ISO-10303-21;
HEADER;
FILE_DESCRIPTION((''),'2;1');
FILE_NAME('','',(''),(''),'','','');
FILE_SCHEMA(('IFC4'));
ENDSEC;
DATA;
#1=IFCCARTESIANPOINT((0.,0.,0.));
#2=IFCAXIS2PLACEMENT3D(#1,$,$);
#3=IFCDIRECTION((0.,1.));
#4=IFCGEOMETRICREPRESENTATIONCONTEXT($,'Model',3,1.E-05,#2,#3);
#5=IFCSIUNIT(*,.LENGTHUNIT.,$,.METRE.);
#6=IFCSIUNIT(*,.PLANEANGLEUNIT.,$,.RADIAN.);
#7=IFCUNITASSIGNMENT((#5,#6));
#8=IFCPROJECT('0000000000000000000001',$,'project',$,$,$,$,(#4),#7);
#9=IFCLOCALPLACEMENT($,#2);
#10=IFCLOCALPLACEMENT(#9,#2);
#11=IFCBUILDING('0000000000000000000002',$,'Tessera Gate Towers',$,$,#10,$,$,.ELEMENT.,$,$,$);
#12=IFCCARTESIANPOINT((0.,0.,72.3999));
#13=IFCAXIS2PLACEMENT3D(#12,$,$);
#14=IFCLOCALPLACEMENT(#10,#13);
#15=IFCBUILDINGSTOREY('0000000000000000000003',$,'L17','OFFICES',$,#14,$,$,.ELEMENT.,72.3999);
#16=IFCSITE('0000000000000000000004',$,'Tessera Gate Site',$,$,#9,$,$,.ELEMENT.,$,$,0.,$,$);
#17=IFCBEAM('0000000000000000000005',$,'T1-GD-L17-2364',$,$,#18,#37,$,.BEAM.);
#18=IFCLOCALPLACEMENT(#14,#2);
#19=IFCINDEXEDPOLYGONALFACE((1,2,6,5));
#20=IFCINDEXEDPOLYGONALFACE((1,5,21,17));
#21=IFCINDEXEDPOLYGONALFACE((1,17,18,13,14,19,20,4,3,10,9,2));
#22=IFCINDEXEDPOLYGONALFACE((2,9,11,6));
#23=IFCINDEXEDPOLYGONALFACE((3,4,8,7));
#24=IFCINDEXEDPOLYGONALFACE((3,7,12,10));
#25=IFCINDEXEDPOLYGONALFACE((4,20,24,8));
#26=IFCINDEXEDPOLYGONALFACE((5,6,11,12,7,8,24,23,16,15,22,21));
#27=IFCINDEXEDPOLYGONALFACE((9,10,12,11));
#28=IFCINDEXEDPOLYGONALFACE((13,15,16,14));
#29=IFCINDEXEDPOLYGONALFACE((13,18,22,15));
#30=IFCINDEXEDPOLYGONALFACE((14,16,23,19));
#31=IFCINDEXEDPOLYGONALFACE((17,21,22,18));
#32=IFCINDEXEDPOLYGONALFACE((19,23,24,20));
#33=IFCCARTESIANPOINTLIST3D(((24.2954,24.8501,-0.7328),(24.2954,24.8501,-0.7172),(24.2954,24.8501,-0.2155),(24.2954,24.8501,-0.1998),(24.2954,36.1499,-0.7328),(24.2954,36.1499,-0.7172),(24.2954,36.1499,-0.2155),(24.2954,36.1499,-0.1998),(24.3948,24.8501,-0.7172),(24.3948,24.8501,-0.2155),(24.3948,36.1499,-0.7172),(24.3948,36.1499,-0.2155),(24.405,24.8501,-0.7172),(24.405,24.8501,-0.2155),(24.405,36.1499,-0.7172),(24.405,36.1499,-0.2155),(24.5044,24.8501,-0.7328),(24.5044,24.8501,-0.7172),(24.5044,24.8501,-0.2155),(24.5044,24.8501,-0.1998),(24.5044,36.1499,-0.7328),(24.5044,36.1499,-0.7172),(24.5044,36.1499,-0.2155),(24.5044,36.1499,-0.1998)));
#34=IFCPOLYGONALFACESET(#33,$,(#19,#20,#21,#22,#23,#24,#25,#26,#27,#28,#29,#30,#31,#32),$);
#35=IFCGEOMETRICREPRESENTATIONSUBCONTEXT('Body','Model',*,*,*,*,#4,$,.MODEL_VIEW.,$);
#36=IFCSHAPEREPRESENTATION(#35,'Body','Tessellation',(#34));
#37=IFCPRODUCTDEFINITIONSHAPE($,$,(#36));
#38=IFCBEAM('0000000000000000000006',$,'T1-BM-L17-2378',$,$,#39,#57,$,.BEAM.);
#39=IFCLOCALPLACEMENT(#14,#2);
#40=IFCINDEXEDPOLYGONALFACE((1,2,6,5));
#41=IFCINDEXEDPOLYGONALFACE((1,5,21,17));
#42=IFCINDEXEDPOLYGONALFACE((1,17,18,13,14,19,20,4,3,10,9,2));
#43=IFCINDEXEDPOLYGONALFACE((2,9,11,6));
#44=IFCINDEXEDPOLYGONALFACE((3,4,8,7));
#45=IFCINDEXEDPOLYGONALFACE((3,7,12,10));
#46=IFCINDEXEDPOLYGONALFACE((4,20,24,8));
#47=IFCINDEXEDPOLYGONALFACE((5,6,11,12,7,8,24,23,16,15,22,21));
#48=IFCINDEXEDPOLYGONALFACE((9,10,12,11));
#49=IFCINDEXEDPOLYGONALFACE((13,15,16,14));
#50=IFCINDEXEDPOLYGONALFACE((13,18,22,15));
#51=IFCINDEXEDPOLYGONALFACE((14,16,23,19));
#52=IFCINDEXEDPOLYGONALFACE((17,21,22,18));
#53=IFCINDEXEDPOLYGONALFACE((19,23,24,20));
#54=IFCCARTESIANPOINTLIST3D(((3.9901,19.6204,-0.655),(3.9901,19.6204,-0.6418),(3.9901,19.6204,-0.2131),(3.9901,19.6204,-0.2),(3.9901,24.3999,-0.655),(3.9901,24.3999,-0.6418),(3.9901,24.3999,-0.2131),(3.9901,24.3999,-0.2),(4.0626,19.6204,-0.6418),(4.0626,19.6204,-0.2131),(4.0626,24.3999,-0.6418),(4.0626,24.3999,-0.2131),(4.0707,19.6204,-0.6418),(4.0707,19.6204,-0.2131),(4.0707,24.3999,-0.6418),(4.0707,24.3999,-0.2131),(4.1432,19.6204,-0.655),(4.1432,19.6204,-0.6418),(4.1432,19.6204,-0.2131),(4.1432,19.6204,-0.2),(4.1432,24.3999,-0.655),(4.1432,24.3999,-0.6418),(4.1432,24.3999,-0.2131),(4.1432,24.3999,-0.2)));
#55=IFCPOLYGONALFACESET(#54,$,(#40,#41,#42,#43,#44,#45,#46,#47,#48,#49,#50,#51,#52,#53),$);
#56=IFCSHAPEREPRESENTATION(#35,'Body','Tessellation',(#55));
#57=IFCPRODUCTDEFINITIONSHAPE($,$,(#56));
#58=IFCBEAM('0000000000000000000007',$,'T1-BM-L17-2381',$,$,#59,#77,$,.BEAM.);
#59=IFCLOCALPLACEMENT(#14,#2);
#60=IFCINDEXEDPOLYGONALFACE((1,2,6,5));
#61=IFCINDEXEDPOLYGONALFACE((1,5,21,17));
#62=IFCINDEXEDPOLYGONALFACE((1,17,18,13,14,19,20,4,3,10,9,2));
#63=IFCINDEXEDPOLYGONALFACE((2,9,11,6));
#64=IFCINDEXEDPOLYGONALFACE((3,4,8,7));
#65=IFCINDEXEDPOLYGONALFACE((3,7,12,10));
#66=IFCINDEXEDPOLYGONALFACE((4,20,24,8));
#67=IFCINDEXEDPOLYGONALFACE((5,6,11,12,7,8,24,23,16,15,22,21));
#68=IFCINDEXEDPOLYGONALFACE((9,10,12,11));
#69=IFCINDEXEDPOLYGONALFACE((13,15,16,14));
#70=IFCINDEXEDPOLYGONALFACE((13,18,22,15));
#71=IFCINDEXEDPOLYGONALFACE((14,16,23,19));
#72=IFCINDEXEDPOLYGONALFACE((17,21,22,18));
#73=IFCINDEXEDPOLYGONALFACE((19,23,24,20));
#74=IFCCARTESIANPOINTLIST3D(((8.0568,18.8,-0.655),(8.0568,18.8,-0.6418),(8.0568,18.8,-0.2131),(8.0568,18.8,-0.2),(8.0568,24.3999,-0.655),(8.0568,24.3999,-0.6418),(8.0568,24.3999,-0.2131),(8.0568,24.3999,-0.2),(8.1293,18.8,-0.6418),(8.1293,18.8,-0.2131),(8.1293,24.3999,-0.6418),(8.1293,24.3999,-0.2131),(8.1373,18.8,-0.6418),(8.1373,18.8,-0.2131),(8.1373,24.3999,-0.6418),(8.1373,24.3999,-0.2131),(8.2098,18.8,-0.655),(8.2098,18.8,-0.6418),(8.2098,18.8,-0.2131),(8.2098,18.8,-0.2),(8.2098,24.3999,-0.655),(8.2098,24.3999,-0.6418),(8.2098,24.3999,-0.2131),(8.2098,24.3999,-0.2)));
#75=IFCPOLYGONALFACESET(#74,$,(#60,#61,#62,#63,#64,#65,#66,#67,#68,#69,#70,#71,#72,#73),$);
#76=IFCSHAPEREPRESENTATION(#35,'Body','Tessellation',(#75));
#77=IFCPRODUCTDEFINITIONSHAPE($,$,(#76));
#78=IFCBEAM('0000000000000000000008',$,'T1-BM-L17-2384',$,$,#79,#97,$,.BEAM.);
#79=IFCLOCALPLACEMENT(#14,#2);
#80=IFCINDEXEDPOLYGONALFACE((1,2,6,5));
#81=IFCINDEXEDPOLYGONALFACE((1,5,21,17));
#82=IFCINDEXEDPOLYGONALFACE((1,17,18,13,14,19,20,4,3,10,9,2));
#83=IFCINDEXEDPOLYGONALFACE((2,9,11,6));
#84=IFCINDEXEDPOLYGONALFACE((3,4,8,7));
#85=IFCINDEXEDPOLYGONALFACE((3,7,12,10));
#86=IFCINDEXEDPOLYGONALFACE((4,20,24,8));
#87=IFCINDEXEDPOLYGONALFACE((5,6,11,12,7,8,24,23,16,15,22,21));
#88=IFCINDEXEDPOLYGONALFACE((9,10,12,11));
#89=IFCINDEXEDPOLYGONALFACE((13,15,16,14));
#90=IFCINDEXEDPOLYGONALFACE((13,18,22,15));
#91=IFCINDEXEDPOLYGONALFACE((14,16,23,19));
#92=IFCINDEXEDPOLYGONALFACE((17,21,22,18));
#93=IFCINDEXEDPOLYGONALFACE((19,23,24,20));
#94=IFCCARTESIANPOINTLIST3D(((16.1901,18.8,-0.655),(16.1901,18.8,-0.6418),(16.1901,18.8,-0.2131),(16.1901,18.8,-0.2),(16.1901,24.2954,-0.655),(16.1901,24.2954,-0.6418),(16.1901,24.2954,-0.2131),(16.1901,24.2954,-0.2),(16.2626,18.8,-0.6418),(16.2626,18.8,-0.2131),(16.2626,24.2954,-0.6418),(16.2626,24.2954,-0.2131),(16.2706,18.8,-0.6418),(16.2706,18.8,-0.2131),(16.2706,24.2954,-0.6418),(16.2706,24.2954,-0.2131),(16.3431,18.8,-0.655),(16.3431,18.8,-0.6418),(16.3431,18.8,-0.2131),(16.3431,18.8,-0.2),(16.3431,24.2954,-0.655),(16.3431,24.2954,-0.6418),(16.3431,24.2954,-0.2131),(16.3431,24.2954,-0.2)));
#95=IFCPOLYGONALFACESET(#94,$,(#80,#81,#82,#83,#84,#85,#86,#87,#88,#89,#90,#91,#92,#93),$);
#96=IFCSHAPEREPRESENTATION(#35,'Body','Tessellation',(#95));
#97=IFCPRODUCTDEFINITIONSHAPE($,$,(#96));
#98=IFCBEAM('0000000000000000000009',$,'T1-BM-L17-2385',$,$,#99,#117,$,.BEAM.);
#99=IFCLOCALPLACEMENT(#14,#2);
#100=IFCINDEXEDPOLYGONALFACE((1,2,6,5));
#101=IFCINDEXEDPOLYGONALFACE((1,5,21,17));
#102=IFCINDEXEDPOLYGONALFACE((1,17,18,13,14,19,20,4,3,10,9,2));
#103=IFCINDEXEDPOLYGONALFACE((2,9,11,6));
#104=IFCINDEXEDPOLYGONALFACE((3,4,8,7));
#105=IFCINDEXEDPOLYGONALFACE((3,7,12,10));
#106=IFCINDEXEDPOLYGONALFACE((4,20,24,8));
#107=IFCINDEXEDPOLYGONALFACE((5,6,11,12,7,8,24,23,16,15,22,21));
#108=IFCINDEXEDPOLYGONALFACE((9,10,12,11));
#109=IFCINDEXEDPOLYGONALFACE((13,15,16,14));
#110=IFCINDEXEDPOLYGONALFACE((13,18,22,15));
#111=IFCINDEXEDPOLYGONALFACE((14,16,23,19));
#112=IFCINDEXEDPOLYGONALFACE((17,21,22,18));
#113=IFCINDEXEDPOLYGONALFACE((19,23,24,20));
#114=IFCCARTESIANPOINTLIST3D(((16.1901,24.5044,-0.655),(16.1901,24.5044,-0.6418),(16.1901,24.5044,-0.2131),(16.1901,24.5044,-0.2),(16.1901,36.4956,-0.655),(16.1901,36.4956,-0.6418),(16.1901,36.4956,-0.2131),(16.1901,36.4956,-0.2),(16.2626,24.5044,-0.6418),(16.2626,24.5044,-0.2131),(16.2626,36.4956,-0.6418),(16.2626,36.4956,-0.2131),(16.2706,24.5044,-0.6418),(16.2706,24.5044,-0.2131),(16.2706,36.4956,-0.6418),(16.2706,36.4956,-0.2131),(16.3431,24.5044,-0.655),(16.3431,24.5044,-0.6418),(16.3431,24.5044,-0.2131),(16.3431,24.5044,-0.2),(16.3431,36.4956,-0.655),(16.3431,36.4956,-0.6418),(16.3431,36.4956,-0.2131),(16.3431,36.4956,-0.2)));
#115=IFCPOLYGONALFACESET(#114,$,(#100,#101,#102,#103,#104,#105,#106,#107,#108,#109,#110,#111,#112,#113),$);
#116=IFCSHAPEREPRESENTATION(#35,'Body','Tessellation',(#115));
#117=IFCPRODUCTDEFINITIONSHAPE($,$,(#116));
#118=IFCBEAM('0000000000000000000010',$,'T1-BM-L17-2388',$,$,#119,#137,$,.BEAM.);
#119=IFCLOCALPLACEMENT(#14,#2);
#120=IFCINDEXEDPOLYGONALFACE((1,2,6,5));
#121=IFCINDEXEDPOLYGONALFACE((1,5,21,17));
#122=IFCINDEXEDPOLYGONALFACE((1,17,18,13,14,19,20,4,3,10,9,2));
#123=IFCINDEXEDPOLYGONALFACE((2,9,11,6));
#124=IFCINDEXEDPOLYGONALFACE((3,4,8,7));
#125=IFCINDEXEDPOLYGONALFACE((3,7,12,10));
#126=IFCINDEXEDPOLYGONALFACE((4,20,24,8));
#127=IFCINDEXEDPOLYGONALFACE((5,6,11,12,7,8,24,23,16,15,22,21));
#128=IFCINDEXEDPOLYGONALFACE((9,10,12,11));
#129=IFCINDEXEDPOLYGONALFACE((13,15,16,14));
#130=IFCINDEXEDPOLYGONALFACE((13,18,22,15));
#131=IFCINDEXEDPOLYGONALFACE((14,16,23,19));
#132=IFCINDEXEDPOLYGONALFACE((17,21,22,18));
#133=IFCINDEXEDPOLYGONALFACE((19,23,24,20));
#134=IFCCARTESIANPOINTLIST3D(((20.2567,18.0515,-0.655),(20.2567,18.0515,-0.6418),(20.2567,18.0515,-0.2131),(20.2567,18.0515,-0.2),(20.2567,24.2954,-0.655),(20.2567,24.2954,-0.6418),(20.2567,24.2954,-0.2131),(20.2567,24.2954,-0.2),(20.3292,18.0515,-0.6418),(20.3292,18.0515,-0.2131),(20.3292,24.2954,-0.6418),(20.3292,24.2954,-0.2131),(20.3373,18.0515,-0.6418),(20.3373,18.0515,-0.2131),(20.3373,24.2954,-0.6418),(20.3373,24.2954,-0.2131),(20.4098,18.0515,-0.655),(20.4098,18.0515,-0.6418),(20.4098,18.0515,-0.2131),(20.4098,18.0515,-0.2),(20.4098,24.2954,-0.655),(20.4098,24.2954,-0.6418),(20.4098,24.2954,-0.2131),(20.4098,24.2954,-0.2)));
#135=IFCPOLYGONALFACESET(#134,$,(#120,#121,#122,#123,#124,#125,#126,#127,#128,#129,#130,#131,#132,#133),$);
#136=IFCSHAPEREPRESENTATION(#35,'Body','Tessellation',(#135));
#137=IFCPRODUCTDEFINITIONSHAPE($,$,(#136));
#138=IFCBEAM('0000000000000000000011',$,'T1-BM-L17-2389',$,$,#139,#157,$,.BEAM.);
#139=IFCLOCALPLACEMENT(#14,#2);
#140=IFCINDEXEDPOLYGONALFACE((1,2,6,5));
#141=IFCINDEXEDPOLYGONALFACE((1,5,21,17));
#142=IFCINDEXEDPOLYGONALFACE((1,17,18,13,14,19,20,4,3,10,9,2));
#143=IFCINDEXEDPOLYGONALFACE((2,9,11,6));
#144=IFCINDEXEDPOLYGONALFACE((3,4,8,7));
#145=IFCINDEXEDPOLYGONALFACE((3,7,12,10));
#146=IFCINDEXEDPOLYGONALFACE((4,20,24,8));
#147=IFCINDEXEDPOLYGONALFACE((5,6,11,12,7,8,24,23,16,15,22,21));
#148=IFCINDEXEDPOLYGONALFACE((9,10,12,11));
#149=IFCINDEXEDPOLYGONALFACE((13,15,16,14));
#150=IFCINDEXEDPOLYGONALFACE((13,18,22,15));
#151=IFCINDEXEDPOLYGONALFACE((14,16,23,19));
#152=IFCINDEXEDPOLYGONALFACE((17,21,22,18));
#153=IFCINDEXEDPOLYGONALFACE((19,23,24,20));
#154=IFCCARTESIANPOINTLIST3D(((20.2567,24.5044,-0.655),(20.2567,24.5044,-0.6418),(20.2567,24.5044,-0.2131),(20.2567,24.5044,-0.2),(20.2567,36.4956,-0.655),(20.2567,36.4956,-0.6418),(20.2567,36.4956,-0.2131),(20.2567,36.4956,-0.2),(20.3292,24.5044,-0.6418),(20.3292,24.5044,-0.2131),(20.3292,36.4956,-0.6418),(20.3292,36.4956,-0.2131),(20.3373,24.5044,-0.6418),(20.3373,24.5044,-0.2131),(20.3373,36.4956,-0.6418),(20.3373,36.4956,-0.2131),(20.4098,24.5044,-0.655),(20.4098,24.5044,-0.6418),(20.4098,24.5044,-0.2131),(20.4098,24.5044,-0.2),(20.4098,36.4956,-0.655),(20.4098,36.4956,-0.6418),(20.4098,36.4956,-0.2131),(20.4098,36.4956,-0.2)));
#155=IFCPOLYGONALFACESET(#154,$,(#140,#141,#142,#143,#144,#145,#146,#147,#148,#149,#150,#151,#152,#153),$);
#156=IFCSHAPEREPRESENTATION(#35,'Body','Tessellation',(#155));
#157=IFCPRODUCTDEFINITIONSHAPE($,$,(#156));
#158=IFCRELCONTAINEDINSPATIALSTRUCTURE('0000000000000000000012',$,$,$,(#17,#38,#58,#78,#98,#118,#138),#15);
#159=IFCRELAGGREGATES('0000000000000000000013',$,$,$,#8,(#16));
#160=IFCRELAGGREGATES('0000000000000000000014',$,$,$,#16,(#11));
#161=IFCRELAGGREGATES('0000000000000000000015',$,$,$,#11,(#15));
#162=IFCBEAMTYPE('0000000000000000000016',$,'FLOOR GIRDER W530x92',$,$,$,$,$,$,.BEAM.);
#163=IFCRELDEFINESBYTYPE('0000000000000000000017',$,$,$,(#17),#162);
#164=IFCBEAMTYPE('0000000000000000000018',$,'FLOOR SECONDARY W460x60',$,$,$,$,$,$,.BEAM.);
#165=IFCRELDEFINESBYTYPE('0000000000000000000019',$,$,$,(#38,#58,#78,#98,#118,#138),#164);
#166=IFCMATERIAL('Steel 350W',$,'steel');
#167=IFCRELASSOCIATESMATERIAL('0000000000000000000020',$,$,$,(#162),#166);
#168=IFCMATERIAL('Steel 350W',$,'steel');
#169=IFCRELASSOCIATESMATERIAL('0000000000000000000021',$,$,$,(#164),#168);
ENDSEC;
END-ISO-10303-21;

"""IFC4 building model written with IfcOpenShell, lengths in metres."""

from ifc_helpers import new_model, si_unit, direction, frame, origin, origin_2d, place, context, subcontext, project, spatial, i_section, extrude, material, material_profile, profile_set, type_object, element, save


model = new_model("IFC4")

# Units and contexts
model_context = context("Model", 3, precision=1e-05, world=origin(), true_north=direction((0.0, 1.0)))
body_context = subcontext(model_context, "Body", "Model", "MODEL_VIEW")
ifc_project = project(units=[si_unit("LENGTHUNIT", "METRE"), si_unit("PLANEANGLEUNIT", "RADIAN")], contexts=[model_context])

# Site, building, storey
site_placement = place(None, origin())
site = spatial("IfcSite", under=ifc_project, at=site_placement, Name="Tessera Gate Site", CompositionType="ELEMENT", RefElevation=0.0)
building_placement = place(site_placement, origin())
building = spatial("IfcBuilding", under=site, at=building_placement, Name="Tessera Gate Towers", CompositionType="ELEMENT")
storey_placement = place(building_placement, frame((0.0, 0.0, 72.3999)))
storey = spatial("IfcBuildingStorey", under=building, at=storey_placement, Name="L17", Description="OFFICES", CompositionType="ELEMENT", Elevation=72.3999)

# Beams
ifc_material_1 = material(Name="Steel 350W", Category="steel")
ifc_material_profile_1 = material_profile(ifc_material_1, i_section(OverallWidth=0.209, OverallDepth=0.533, WebThickness=0.0103, FlangeThickness=0.0156, at=origin_2d()), Name="W530x92")
ifc_profile_set_1 = profile_set([ifc_material_profile_1], Name="Steel 350W")
beam_type_1 = type_object("IfcBeamType", Name="FLOOR GIRDER W530x92", PredefinedType="BEAM", material=ifc_profile_set_1)
beam_1_placement = place(storey_placement, frame((24.3999, 24.8501, -0.4663), z_axis=(0.0, 1.0, 0.0), x_axis=(-1.0, 0.0, 0.0)))
element("IfcBeam", 1, at=beam_1_placement, inside=storey, type_object=beam_type_1, Name="T1-GD-L17-2364", PredefinedType="BEAM", context=body_context, shape_type="SweptSolid", body=[
    extrude(i_section(OverallWidth=0.209, OverallDepth=0.533, WebThickness=0.0103, FlangeThickness=0.0156, at=origin_2d()), origin(), (0.0, 0.0, 1.0), 11.2998),
])
ifc_material_2 = material(Name="Steel 350W", Category="steel")
ifc_material_profile_2 = material_profile(ifc_material_2, i_section(OverallWidth=0.1531, OverallDepth=0.4551, WebThickness=0.0081, FlangeThickness=0.0132, at=origin_2d()), Name="W460x60")
ifc_profile_set_2 = profile_set([ifc_material_profile_2], Name="Steel 350W")
beam_type_2 = type_object("IfcBeamType", Name="FLOOR SECONDARY W460x60", PredefinedType="BEAM", material=ifc_profile_set_2)
beam_2_placement = place(storey_placement, frame((4.0667, 19.6204, -0.4275), z_axis=(0.0, 1.0, 0.0), x_axis=(-1.0, 0.0, 0.0)))
element("IfcBeam", 2, at=beam_2_placement, inside=storey, type_object=beam_type_2, Name="T1-BM-L17-2378", PredefinedType="BEAM", context=body_context, shape_type="SweptSolid", body=[
    extrude(i_section(OverallWidth=0.1531, OverallDepth=0.4551, WebThickness=0.0081, FlangeThickness=0.0132, at=origin_2d()), origin(), (0.0, 0.0, 1.0), 4.7795),
])
beam_3_placement = place(storey_placement, frame((8.1333, 18.8, -0.4275), z_axis=(0.0, 1.0, 0.0), x_axis=(-1.0, 0.0, 0.0)))
element("IfcBeam", 3, at=beam_3_placement, inside=storey, type_object=beam_type_2, Name="T1-BM-L17-2381", PredefinedType="BEAM", context=body_context, shape_type="SweptSolid", body=[
    extrude(i_section(OverallWidth=0.1531, OverallDepth=0.4551, WebThickness=0.0081, FlangeThickness=0.0132, at=origin_2d()), origin(), (0.0, 0.0, 1.0), 5.5999),
])
beam_4_placement = place(storey_placement, frame((16.2666, 18.8, -0.4275), z_axis=(0.0, 1.0, 0.0), x_axis=(-1.0, 0.0, 0.0)))
element("IfcBeam", 4, at=beam_4_placement, inside=storey, type_object=beam_type_2, Name="T1-BM-L17-2384", PredefinedType="BEAM", context=body_context, shape_type="SweptSolid", body=[
    extrude(i_section(OverallWidth=0.1531, OverallDepth=0.4551, WebThickness=0.0081, FlangeThickness=0.0132, at=origin_2d()), origin(), (0.0, 0.0, 1.0), 5.4954),
])
beam_5_placement = place(storey_placement, frame((16.2666, 24.5044, -0.4275), z_axis=(0.0, 1.0, 0.0), x_axis=(-1.0, 0.0, 0.0)))
element("IfcBeam", 5, at=beam_5_placement, inside=storey, type_object=beam_type_2, Name="T1-BM-L17-2385", PredefinedType="BEAM", context=body_context, shape_type="SweptSolid", body=[
    extrude(i_section(OverallWidth=0.1531, OverallDepth=0.4551, WebThickness=0.0081, FlangeThickness=0.0132, at=origin_2d()), origin(), (0.0, 0.0, 1.0), 11.9912),
])
beam_6_placement = place(storey_placement, frame((20.3333, 18.0515, -0.4275), z_axis=(0.0, 1.0, 0.0), x_axis=(-1.0, 0.0, 0.0)))
element("IfcBeam", 6, at=beam_6_placement, inside=storey, type_object=beam_type_2, Name="T1-BM-L17-2388", PredefinedType="BEAM", context=body_context, shape_type="SweptSolid", body=[
    extrude(i_section(OverallWidth=0.1531, OverallDepth=0.4551, WebThickness=0.0081, FlangeThickness=0.0132, at=origin_2d()), origin(), (0.0, 0.0, 1.0), 6.2439),
])
beam_7_placement = place(storey_placement, frame((20.3333, 24.5044, -0.4275), z_axis=(0.0, 1.0, 0.0), x_axis=(-1.0, 0.0, 0.0)))
element("IfcBeam", 7, at=beam_7_placement, inside=storey, type_object=beam_type_2, Name="T1-BM-L17-2389", PredefinedType="BEAM", context=body_context, shape_type="SweptSolid", body=[
    extrude(i_section(OverallWidth=0.1531, OverallDepth=0.4551, WebThickness=0.0081, FlangeThickness=0.0132, at=origin_2d()), origin(), (0.0, 0.0, 1.0), 11.9912),
])

save(model, "model.ifc")
